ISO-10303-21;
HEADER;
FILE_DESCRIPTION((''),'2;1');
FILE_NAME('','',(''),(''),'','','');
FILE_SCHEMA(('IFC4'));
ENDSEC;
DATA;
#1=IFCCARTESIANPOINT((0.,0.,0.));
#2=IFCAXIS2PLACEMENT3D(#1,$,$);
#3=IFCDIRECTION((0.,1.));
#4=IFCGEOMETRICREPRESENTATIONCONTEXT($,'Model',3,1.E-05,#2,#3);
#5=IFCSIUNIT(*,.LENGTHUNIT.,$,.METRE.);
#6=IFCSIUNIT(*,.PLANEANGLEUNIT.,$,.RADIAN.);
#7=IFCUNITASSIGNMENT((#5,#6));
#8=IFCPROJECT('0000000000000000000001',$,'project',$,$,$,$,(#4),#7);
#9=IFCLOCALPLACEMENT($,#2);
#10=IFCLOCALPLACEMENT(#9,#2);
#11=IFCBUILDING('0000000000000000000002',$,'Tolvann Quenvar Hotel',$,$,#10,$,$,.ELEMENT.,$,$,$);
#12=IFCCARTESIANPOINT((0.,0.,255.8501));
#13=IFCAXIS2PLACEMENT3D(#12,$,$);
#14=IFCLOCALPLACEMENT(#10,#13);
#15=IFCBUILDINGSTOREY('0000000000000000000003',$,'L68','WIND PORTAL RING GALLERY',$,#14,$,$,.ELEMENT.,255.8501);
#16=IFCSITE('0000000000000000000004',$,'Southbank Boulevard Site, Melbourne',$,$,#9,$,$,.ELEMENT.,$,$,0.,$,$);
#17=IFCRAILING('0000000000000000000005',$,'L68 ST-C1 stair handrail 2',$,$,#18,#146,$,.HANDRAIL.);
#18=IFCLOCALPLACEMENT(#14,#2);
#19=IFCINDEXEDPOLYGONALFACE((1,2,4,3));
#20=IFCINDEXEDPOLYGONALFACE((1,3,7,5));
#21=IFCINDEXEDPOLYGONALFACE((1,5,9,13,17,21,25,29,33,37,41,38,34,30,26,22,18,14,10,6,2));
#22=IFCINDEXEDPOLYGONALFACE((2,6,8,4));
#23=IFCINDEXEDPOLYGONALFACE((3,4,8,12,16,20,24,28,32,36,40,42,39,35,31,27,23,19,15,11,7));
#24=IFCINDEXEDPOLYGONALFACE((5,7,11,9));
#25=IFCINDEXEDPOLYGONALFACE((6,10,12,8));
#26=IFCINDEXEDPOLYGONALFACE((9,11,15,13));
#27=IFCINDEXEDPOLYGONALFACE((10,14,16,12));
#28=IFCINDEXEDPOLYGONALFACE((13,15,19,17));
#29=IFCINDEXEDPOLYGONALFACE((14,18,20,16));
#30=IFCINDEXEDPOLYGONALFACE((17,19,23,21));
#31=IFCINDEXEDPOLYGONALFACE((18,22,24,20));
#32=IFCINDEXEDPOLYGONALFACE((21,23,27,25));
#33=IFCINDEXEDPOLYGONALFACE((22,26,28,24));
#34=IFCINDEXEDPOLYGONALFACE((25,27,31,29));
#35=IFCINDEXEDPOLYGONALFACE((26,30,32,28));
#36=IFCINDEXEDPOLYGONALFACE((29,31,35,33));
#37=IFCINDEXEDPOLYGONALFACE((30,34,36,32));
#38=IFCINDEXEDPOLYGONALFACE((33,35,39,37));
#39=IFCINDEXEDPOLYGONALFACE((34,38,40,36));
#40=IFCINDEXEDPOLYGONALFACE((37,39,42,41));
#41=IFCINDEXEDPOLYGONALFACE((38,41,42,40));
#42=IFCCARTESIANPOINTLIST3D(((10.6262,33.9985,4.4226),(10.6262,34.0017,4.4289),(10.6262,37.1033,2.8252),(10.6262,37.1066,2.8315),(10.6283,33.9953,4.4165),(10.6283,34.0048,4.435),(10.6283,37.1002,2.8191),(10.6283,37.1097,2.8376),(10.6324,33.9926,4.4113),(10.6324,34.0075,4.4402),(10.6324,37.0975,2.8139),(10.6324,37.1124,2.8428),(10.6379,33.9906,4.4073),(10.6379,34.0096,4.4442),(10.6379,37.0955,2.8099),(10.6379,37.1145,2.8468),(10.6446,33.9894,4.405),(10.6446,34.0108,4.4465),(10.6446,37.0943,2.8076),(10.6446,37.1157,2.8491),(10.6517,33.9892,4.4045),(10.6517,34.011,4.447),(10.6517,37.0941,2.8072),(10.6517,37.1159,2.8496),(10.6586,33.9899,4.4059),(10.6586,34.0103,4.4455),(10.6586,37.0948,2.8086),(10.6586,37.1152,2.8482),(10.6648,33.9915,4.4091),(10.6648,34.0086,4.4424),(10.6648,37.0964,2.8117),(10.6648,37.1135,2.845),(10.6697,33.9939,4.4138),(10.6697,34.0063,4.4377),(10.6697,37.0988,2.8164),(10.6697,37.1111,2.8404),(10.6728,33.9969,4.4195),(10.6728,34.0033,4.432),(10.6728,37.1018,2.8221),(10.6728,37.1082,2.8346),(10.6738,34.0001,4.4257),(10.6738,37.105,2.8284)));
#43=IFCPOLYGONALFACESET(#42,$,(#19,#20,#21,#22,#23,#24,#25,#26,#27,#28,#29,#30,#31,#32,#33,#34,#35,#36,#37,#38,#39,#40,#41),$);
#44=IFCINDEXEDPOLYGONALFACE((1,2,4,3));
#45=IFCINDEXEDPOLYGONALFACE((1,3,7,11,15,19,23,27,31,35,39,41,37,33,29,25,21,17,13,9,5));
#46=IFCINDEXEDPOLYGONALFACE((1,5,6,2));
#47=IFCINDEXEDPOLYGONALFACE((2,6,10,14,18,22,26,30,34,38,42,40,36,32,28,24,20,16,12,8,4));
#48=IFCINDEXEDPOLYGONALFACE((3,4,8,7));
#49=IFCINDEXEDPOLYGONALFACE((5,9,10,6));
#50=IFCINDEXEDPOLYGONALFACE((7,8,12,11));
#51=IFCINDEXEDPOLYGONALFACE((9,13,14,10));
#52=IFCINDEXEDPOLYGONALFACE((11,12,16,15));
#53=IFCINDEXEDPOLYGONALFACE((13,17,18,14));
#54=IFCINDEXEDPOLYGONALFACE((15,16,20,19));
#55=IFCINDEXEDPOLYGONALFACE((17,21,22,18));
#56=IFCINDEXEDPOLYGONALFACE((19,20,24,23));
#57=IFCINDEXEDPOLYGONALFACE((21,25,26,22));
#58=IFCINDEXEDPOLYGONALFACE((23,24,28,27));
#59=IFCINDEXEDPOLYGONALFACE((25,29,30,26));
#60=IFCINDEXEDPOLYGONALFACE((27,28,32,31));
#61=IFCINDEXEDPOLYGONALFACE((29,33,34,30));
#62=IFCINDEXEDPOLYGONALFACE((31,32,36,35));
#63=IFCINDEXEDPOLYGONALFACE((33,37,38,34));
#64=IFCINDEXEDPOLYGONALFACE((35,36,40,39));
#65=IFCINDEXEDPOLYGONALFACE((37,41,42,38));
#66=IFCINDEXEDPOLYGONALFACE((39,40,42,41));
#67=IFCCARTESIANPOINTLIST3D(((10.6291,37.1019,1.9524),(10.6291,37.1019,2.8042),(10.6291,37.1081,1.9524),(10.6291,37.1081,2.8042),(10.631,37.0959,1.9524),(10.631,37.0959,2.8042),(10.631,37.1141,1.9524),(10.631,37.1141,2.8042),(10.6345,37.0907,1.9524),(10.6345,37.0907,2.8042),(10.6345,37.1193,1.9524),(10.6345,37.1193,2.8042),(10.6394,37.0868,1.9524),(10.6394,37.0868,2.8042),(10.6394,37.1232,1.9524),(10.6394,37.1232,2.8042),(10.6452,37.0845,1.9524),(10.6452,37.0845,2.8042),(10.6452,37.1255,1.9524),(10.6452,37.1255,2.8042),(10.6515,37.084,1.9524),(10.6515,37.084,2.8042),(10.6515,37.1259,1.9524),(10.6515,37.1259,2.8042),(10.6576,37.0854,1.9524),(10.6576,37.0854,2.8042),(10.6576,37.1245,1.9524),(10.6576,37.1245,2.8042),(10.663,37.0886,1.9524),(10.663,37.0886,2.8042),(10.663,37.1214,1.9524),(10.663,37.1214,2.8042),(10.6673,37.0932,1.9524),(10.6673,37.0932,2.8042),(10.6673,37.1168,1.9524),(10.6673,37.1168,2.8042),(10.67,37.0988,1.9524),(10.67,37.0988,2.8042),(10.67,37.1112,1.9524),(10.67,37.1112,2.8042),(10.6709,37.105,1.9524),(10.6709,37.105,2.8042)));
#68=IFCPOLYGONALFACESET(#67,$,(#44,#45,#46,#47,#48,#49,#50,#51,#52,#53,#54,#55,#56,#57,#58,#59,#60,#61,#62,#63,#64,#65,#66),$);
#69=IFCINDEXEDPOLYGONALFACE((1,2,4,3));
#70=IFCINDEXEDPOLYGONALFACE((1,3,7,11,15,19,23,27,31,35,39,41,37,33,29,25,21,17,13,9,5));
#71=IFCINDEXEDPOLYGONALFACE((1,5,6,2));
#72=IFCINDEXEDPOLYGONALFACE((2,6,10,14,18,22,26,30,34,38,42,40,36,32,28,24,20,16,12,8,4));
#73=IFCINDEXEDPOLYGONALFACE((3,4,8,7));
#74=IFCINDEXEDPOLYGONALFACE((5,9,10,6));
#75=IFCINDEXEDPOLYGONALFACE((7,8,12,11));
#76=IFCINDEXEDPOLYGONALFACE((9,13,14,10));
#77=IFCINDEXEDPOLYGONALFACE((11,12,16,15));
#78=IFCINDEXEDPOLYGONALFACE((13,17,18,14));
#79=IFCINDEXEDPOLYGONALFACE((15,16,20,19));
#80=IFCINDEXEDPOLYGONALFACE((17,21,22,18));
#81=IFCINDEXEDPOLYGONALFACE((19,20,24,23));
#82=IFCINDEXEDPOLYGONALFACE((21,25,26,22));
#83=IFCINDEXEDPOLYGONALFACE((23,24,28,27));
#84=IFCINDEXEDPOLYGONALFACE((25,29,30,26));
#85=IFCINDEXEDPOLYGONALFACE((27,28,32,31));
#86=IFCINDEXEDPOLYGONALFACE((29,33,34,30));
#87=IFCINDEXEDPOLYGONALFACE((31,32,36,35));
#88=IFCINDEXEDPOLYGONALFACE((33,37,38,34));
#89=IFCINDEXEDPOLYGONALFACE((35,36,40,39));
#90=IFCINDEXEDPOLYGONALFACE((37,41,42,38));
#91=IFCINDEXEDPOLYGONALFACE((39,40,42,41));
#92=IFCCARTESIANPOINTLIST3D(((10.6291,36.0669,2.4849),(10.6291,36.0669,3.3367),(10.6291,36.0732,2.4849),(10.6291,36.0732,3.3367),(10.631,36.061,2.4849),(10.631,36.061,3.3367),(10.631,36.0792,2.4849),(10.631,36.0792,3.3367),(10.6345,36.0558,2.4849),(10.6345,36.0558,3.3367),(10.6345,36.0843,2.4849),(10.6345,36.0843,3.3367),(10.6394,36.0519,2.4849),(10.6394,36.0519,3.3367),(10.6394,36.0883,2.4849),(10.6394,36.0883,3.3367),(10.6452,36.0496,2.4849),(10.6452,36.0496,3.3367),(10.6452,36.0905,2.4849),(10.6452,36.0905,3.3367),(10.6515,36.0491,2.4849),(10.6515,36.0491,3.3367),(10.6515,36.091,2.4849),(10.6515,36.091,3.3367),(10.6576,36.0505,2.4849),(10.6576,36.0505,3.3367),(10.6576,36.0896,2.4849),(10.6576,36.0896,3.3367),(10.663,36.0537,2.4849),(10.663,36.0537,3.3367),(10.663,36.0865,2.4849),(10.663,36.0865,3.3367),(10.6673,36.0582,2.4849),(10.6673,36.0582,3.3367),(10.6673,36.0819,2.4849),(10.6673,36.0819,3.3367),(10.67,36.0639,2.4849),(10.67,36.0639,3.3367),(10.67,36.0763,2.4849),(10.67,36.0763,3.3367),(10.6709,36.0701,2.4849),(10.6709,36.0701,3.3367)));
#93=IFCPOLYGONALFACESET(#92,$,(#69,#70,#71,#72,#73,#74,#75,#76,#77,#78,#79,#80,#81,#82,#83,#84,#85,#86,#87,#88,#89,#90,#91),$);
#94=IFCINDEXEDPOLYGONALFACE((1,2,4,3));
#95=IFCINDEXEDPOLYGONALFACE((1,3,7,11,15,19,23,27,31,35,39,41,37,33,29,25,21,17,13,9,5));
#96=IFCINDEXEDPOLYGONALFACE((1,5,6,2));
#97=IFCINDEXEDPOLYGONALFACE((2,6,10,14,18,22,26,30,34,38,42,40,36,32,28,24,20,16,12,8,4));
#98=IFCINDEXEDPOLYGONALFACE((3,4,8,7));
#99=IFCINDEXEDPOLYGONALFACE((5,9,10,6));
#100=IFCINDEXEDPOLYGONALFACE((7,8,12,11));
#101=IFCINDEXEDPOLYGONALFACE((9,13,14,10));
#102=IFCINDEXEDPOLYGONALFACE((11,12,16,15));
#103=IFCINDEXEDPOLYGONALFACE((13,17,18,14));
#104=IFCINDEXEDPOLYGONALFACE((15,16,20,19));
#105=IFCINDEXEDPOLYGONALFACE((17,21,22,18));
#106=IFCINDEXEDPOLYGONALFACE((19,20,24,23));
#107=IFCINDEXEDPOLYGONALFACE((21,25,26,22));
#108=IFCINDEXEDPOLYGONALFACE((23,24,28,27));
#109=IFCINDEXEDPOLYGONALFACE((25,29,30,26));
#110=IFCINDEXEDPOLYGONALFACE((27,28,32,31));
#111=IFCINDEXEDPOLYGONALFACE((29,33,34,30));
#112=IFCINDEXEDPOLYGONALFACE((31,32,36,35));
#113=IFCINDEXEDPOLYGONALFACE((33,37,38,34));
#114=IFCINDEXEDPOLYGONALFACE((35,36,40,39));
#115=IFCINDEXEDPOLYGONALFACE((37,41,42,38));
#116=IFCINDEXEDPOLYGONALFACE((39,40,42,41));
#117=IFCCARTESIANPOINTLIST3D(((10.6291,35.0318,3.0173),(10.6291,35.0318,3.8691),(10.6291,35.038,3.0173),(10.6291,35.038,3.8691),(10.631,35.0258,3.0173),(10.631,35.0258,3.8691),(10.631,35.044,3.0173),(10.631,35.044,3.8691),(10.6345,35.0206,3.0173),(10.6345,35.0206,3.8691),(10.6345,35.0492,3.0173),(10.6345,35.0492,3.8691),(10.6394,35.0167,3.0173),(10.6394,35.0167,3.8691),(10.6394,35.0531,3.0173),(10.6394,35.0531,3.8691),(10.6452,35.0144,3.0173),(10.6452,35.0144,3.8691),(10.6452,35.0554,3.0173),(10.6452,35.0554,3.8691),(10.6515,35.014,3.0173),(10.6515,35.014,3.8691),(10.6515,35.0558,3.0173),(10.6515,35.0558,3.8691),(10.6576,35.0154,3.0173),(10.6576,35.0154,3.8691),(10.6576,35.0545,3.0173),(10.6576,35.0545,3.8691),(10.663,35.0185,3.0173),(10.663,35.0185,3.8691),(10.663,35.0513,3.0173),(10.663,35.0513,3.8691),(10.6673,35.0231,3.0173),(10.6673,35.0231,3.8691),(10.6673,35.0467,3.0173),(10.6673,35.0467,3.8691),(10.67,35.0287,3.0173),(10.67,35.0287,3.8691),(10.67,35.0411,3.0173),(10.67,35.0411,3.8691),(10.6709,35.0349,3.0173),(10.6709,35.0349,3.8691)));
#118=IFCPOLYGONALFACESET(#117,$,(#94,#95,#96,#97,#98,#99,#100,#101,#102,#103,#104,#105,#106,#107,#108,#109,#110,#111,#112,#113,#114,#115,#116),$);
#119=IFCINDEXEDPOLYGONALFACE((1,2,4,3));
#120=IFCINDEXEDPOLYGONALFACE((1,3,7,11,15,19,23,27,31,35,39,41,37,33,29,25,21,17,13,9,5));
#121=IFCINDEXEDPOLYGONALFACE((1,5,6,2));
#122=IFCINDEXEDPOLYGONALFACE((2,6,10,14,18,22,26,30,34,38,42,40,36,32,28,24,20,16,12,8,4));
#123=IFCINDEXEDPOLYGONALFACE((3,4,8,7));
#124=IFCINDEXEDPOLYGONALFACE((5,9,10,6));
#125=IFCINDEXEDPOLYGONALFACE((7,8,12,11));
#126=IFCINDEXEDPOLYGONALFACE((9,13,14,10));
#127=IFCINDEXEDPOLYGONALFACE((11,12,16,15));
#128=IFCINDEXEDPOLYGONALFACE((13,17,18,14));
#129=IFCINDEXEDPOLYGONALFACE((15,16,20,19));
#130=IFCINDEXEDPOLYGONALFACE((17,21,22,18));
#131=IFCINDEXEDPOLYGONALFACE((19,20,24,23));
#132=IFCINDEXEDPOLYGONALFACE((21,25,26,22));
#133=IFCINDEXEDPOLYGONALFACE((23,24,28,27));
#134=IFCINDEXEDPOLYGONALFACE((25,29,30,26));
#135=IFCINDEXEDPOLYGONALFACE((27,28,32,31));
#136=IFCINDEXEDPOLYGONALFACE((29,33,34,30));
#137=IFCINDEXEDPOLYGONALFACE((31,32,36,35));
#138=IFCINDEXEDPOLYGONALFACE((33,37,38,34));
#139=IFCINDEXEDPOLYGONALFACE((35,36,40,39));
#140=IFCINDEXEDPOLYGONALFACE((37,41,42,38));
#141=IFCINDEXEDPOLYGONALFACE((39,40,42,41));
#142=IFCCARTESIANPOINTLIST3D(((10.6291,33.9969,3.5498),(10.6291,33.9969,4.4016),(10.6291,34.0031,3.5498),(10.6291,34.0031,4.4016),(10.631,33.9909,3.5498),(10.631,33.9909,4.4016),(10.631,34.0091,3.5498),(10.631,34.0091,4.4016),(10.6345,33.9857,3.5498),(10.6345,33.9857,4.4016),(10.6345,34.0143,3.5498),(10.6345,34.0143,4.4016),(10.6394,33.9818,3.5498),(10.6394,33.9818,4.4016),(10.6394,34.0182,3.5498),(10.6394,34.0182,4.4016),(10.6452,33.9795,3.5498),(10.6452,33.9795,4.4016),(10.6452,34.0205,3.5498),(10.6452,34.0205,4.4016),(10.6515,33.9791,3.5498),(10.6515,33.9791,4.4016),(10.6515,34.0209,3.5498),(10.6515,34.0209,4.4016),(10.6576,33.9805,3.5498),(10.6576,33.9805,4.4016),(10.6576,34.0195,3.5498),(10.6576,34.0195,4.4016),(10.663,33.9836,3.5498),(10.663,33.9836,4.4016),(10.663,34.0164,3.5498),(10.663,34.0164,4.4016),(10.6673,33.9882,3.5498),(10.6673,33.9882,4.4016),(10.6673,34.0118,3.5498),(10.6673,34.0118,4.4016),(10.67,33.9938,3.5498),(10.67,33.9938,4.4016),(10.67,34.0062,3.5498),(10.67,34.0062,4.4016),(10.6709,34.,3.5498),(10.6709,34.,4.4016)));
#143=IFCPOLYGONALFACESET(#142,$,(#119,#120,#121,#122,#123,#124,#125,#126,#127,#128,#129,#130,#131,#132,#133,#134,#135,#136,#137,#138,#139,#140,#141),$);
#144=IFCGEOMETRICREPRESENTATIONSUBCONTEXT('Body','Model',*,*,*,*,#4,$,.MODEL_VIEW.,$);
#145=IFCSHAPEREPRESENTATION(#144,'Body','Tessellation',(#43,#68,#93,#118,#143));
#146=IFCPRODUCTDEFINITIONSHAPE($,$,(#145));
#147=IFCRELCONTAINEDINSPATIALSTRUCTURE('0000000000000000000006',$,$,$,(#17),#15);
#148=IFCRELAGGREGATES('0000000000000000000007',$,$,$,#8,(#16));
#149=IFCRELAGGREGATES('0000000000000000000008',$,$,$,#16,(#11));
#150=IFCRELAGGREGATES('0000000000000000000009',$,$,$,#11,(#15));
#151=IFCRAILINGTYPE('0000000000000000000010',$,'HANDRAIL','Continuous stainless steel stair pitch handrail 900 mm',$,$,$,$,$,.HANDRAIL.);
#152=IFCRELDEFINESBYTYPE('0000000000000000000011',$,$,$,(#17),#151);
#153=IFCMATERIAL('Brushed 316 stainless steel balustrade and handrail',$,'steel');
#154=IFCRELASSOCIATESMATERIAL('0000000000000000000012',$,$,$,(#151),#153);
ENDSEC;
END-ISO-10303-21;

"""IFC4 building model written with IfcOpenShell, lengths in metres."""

from ifc_helpers import new_model, si_unit, direction, frame, origin, origin_2d, place, context, subcontext, project, spatial, circle, extrude, material, type_object, element, save


model = new_model("IFC4")

# Units and contexts
model_context = context("Model", 3, precision=1e-05, world=origin(), true_north=direction((0.0, 1.0)))
body_context = subcontext(model_context, "Body", "Model", "MODEL_VIEW")
ifc_project = project(units=[si_unit("LENGTHUNIT", "METRE"), si_unit("PLANEANGLEUNIT", "RADIAN")], contexts=[model_context])

# Site, building, storey
site_placement = place(None, origin())
site = spatial("IfcSite", under=ifc_project, at=site_placement, Name="Southbank Boulevard Site, Melbourne", CompositionType="ELEMENT", RefElevation=0.0)
building_placement = place(site_placement, origin())
building = spatial("IfcBuilding", under=site, at=building_placement, Name="Tolvann Quenvar Hotel", CompositionType="ELEMENT")
storey_placement = place(building_placement, frame((0.0, 0.0, 255.8501)))
storey = spatial("IfcBuildingStorey", under=building, at=storey_placement, Name="L68", Description="WIND PORTAL RING GALLERY", CompositionType="ELEMENT", Elevation=255.8501)

# Railing
ifc_material_1 = material(Name="Brushed 316 stainless steel balustrade and handrail", Category="steel")
railing_type_1 = type_object("IfcRailingType", Name="HANDRAIL", Description="Continuous stainless steel stair pitch handrail 900 mm", PredefinedType="HANDRAIL", material=ifc_material_1)
railing_1_placement = place(storey_placement, frame((10.6499, 37.105, 1.9524)))
element("IfcRailing", 1, at=railing_1_placement, inside=storey, type_object=railing_type_1, Name="L68 ST-C1 stair handrail 2", PredefinedType="HANDRAIL", context=body_context, shape_type="SweptSolid", body=[
    extrude(circle(Radius=0.0239, at=origin_2d()), frame((0.0, 0.0, 0.876), z_axis=(0.0, -0.889222, 0.457476), x_axis=(1.0, 0.0, 0.0)), (0.0, 0.0, 1.0), 3.4917),
    extrude(circle(Radius=0.021, at=origin_2d()), origin(), (0.0, 0.0, 1.0), 0.8518),
    extrude(circle(Radius=0.021, at=origin_2d()), frame((0.0, -1.0349, 0.5325)), (0.0, 0.0, 1.0), 0.8518),
    extrude(circle(Radius=0.021, at=origin_2d()), frame((0.0, -2.0701, 1.0649)), (0.0, 0.0, 1.0), 0.8518),
    extrude(circle(Radius=0.021, at=origin_2d()), frame((0.0, -3.105, 1.5974)), (0.0, 0.0, 1.0), 0.8518),
])

save(model, "model.ifc")
